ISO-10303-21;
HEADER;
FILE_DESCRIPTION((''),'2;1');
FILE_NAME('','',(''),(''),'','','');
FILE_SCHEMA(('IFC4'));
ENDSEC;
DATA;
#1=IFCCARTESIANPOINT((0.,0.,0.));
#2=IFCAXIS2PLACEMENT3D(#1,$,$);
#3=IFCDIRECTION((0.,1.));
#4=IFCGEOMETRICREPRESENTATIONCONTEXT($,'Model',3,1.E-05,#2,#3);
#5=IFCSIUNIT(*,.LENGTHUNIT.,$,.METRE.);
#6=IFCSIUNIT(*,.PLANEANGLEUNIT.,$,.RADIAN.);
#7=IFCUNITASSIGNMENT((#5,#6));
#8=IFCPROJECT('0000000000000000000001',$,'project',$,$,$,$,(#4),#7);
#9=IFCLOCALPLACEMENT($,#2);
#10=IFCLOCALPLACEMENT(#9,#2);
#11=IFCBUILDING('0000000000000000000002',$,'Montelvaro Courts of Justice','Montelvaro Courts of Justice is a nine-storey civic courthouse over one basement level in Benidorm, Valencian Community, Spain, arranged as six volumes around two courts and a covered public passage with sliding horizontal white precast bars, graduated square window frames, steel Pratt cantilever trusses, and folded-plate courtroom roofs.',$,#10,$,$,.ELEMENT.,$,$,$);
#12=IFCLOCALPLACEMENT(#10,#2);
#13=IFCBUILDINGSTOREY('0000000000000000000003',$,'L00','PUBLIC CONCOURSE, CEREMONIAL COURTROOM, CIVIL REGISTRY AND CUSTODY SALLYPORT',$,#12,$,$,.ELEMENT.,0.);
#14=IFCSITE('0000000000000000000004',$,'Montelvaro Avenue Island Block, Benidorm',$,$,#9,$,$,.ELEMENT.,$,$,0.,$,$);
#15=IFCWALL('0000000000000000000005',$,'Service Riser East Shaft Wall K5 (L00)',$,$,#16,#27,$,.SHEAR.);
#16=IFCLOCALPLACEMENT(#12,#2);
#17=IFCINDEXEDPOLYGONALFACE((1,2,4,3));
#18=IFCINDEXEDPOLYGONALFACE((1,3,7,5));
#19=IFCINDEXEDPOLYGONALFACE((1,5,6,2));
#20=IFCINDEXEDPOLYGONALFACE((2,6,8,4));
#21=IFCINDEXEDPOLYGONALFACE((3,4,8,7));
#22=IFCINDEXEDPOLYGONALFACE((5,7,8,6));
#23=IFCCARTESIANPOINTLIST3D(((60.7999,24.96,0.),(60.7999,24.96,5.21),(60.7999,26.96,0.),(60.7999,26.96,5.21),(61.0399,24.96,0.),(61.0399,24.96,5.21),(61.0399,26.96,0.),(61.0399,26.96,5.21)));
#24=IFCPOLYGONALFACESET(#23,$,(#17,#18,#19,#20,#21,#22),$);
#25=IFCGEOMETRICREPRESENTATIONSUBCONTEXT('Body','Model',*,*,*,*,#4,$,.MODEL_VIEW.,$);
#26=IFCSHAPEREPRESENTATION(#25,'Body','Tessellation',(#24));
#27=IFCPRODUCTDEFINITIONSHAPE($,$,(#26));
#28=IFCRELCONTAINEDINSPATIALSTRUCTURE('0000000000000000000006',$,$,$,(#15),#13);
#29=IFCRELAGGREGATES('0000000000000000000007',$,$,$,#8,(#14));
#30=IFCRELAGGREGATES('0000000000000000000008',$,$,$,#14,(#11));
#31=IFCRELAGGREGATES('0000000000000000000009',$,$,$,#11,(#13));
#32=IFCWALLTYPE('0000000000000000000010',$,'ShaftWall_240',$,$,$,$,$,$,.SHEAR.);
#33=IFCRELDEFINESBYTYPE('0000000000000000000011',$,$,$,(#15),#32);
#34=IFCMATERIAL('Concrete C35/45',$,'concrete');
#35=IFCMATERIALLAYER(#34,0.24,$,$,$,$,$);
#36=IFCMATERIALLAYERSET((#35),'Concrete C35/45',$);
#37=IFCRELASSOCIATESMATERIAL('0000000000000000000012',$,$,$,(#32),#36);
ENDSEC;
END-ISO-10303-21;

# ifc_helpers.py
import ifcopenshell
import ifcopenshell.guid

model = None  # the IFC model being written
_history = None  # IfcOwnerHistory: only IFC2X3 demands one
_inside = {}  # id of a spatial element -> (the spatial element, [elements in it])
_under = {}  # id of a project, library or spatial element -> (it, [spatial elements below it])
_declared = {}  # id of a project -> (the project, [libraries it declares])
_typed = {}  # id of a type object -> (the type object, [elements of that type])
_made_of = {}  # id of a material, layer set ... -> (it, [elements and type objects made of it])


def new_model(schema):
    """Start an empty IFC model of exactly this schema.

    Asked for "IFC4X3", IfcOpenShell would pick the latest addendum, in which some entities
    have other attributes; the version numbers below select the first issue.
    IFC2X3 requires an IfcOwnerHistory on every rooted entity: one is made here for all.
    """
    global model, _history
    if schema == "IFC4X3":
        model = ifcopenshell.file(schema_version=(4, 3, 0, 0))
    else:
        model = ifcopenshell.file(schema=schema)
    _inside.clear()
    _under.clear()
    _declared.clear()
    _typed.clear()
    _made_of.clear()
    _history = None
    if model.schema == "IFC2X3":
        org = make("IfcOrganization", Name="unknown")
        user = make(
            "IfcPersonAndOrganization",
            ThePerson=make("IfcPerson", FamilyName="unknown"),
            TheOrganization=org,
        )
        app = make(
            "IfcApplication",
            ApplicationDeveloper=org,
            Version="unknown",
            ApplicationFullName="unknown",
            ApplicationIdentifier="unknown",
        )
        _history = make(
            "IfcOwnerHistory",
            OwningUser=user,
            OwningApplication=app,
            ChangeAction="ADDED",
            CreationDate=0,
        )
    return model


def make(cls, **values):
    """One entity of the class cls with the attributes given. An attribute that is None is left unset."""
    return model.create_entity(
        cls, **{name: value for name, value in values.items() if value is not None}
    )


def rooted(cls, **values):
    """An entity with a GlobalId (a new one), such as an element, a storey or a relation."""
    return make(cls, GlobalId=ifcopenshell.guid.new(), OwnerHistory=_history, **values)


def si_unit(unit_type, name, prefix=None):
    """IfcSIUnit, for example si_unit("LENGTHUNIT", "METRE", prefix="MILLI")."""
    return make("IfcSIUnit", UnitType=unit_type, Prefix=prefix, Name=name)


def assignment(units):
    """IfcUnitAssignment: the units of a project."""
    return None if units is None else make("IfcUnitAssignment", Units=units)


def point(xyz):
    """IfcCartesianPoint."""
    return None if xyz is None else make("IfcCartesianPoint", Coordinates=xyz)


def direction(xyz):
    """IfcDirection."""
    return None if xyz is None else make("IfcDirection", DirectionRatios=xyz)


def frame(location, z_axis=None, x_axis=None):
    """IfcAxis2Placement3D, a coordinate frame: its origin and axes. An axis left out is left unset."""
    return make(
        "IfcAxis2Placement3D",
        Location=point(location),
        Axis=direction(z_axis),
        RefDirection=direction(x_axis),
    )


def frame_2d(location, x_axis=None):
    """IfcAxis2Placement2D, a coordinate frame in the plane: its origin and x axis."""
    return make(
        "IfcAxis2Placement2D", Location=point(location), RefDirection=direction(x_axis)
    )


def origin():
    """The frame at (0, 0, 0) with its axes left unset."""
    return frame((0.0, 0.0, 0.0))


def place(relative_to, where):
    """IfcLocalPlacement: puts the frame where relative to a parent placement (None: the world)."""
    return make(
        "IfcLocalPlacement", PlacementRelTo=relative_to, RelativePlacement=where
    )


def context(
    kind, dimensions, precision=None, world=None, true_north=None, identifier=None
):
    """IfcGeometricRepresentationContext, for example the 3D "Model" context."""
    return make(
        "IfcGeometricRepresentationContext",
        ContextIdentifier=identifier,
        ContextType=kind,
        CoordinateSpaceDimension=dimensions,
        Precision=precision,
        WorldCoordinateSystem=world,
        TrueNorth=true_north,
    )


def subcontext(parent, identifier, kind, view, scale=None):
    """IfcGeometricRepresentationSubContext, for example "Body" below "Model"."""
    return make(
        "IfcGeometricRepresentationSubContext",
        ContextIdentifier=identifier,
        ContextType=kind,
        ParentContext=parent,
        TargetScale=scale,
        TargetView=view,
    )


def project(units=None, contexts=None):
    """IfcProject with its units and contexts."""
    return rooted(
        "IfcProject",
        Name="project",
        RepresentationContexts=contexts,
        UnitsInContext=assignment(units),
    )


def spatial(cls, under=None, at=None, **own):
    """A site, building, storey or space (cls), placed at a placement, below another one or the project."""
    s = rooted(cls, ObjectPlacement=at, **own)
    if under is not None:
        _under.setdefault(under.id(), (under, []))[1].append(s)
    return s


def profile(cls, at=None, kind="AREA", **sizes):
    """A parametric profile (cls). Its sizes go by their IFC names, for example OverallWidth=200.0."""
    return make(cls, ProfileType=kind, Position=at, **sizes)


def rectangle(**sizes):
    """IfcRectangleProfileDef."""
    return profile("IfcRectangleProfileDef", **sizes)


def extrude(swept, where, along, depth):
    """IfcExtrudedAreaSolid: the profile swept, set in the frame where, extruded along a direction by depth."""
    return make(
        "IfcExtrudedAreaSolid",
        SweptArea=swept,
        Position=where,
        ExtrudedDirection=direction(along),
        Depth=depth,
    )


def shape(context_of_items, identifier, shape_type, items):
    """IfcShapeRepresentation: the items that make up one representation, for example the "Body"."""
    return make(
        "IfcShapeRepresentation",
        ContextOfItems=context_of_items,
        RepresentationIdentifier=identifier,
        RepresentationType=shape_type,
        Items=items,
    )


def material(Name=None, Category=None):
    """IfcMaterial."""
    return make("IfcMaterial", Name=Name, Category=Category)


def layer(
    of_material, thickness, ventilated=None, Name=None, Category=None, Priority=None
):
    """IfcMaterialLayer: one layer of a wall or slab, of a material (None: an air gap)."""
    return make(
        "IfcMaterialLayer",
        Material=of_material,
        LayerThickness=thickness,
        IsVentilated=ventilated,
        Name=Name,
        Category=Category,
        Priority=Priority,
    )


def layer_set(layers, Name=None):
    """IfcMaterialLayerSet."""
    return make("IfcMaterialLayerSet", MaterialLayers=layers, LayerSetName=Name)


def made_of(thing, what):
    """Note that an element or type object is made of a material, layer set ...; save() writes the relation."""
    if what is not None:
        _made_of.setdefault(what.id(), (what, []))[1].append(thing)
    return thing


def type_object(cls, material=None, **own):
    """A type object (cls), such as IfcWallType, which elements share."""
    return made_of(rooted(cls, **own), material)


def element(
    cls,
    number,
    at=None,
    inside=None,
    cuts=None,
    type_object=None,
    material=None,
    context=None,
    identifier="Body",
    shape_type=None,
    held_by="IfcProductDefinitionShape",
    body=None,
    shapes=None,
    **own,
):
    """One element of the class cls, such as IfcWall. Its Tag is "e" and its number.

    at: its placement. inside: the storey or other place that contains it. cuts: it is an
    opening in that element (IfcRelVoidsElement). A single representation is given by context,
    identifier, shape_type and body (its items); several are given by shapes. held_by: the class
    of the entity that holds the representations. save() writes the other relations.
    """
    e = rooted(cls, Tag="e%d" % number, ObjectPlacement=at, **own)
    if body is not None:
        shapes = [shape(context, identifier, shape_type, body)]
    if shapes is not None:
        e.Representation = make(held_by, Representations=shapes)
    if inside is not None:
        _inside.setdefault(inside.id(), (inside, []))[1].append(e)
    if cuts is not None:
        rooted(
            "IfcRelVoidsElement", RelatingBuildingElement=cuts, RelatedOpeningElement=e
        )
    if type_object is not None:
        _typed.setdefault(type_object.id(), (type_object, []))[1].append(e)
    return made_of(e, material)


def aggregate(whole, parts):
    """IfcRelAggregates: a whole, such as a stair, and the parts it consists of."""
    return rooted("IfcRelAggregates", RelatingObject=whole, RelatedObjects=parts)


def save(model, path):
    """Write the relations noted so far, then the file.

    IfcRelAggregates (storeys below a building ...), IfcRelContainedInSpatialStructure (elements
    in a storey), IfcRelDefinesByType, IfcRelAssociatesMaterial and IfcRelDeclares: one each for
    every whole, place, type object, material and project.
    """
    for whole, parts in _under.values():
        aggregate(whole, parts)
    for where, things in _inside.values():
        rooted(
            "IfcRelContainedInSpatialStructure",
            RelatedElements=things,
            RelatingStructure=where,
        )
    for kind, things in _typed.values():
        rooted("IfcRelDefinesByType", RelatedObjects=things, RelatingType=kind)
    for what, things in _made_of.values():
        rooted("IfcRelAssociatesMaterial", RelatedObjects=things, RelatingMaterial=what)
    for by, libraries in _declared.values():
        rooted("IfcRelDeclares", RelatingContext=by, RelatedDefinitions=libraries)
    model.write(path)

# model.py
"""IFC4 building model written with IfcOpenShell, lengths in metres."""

from ifc_helpers import new_model, si_unit, direction, frame, frame_2d, origin, place, context, subcontext, project, spatial, rectangle, extrude, material, layer, layer_set, type_object, element, save


model = new_model("IFC4")

# Units and contexts
model_context = context("Model", 3, precision=1e-05, world=origin(), true_north=direction((0.0, 1.0)))
body_context = subcontext(model_context, "Body", "Model", "MODEL_VIEW")
ifc_project = project(units=[si_unit("LENGTHUNIT", "METRE"), si_unit("PLANEANGLEUNIT", "RADIAN")], contexts=[model_context])

# Site, building, storey
site_placement = place(None, origin())
site = spatial("IfcSite", under=ifc_project, at=site_placement, Name="Montelvaro Avenue Island Block, Benidorm", CompositionType="ELEMENT", RefElevation=0.0)
building_placement = place(site_placement, origin())
building = spatial("IfcBuilding", under=site, at=building_placement, Name="Montelvaro Courts of Justice", Description="Montelvaro Courts of Justice is a nine-storey civic courthouse over one basement level in Benidorm, Valencian Community, Spain, arranged as six volumes around two courts and a covered public passage with sliding horizontal white precast bars, graduated square window frames, steel Pratt cantilever trusses, and folded-plate courtroom roofs.", CompositionType="ELEMENT")
storey_placement = place(building_placement, origin())
storey = spatial("IfcBuildingStorey", under=building, at=storey_placement, Name="L00", Description="PUBLIC CONCOURSE, CEREMONIAL COURTROOM, CIVIL REGISTRY AND CUSTODY SALLYPORT", CompositionType="ELEMENT", Elevation=0.0)

# Wall
ifc_material_1 = material(Name="Concrete C35/45", Category="concrete")
ifc_layer_1 = layer(ifc_material_1, 0.24)
ifc_layer_set_1 = layer_set([ifc_layer_1], Name="Concrete C35/45")
wall_type_1 = type_object("IfcWallType", Name="ShaftWall_240", PredefinedType="SHEAR", material=ifc_layer_set_1)
wall_1_placement = place(storey_placement, frame((60.9199, 24.96, 0.0), z_axis=(0.0, 0.0, 1.0), x_axis=(0.0, 1.0, 0.0)))
element("IfcWall", 1, at=wall_1_placement, inside=storey, type_object=wall_type_1, Name="Service Riser East Shaft Wall K5 (L00)", PredefinedType="SHEAR", context=body_context, shape_type="SweptSolid", body=[
    extrude(rectangle(XDim=2.0, YDim=0.24, at=frame_2d((1.0, 0.0))), origin(), (0.0, 0.0, 1.0), 5.21),
])

save(model, "model.ifc")
